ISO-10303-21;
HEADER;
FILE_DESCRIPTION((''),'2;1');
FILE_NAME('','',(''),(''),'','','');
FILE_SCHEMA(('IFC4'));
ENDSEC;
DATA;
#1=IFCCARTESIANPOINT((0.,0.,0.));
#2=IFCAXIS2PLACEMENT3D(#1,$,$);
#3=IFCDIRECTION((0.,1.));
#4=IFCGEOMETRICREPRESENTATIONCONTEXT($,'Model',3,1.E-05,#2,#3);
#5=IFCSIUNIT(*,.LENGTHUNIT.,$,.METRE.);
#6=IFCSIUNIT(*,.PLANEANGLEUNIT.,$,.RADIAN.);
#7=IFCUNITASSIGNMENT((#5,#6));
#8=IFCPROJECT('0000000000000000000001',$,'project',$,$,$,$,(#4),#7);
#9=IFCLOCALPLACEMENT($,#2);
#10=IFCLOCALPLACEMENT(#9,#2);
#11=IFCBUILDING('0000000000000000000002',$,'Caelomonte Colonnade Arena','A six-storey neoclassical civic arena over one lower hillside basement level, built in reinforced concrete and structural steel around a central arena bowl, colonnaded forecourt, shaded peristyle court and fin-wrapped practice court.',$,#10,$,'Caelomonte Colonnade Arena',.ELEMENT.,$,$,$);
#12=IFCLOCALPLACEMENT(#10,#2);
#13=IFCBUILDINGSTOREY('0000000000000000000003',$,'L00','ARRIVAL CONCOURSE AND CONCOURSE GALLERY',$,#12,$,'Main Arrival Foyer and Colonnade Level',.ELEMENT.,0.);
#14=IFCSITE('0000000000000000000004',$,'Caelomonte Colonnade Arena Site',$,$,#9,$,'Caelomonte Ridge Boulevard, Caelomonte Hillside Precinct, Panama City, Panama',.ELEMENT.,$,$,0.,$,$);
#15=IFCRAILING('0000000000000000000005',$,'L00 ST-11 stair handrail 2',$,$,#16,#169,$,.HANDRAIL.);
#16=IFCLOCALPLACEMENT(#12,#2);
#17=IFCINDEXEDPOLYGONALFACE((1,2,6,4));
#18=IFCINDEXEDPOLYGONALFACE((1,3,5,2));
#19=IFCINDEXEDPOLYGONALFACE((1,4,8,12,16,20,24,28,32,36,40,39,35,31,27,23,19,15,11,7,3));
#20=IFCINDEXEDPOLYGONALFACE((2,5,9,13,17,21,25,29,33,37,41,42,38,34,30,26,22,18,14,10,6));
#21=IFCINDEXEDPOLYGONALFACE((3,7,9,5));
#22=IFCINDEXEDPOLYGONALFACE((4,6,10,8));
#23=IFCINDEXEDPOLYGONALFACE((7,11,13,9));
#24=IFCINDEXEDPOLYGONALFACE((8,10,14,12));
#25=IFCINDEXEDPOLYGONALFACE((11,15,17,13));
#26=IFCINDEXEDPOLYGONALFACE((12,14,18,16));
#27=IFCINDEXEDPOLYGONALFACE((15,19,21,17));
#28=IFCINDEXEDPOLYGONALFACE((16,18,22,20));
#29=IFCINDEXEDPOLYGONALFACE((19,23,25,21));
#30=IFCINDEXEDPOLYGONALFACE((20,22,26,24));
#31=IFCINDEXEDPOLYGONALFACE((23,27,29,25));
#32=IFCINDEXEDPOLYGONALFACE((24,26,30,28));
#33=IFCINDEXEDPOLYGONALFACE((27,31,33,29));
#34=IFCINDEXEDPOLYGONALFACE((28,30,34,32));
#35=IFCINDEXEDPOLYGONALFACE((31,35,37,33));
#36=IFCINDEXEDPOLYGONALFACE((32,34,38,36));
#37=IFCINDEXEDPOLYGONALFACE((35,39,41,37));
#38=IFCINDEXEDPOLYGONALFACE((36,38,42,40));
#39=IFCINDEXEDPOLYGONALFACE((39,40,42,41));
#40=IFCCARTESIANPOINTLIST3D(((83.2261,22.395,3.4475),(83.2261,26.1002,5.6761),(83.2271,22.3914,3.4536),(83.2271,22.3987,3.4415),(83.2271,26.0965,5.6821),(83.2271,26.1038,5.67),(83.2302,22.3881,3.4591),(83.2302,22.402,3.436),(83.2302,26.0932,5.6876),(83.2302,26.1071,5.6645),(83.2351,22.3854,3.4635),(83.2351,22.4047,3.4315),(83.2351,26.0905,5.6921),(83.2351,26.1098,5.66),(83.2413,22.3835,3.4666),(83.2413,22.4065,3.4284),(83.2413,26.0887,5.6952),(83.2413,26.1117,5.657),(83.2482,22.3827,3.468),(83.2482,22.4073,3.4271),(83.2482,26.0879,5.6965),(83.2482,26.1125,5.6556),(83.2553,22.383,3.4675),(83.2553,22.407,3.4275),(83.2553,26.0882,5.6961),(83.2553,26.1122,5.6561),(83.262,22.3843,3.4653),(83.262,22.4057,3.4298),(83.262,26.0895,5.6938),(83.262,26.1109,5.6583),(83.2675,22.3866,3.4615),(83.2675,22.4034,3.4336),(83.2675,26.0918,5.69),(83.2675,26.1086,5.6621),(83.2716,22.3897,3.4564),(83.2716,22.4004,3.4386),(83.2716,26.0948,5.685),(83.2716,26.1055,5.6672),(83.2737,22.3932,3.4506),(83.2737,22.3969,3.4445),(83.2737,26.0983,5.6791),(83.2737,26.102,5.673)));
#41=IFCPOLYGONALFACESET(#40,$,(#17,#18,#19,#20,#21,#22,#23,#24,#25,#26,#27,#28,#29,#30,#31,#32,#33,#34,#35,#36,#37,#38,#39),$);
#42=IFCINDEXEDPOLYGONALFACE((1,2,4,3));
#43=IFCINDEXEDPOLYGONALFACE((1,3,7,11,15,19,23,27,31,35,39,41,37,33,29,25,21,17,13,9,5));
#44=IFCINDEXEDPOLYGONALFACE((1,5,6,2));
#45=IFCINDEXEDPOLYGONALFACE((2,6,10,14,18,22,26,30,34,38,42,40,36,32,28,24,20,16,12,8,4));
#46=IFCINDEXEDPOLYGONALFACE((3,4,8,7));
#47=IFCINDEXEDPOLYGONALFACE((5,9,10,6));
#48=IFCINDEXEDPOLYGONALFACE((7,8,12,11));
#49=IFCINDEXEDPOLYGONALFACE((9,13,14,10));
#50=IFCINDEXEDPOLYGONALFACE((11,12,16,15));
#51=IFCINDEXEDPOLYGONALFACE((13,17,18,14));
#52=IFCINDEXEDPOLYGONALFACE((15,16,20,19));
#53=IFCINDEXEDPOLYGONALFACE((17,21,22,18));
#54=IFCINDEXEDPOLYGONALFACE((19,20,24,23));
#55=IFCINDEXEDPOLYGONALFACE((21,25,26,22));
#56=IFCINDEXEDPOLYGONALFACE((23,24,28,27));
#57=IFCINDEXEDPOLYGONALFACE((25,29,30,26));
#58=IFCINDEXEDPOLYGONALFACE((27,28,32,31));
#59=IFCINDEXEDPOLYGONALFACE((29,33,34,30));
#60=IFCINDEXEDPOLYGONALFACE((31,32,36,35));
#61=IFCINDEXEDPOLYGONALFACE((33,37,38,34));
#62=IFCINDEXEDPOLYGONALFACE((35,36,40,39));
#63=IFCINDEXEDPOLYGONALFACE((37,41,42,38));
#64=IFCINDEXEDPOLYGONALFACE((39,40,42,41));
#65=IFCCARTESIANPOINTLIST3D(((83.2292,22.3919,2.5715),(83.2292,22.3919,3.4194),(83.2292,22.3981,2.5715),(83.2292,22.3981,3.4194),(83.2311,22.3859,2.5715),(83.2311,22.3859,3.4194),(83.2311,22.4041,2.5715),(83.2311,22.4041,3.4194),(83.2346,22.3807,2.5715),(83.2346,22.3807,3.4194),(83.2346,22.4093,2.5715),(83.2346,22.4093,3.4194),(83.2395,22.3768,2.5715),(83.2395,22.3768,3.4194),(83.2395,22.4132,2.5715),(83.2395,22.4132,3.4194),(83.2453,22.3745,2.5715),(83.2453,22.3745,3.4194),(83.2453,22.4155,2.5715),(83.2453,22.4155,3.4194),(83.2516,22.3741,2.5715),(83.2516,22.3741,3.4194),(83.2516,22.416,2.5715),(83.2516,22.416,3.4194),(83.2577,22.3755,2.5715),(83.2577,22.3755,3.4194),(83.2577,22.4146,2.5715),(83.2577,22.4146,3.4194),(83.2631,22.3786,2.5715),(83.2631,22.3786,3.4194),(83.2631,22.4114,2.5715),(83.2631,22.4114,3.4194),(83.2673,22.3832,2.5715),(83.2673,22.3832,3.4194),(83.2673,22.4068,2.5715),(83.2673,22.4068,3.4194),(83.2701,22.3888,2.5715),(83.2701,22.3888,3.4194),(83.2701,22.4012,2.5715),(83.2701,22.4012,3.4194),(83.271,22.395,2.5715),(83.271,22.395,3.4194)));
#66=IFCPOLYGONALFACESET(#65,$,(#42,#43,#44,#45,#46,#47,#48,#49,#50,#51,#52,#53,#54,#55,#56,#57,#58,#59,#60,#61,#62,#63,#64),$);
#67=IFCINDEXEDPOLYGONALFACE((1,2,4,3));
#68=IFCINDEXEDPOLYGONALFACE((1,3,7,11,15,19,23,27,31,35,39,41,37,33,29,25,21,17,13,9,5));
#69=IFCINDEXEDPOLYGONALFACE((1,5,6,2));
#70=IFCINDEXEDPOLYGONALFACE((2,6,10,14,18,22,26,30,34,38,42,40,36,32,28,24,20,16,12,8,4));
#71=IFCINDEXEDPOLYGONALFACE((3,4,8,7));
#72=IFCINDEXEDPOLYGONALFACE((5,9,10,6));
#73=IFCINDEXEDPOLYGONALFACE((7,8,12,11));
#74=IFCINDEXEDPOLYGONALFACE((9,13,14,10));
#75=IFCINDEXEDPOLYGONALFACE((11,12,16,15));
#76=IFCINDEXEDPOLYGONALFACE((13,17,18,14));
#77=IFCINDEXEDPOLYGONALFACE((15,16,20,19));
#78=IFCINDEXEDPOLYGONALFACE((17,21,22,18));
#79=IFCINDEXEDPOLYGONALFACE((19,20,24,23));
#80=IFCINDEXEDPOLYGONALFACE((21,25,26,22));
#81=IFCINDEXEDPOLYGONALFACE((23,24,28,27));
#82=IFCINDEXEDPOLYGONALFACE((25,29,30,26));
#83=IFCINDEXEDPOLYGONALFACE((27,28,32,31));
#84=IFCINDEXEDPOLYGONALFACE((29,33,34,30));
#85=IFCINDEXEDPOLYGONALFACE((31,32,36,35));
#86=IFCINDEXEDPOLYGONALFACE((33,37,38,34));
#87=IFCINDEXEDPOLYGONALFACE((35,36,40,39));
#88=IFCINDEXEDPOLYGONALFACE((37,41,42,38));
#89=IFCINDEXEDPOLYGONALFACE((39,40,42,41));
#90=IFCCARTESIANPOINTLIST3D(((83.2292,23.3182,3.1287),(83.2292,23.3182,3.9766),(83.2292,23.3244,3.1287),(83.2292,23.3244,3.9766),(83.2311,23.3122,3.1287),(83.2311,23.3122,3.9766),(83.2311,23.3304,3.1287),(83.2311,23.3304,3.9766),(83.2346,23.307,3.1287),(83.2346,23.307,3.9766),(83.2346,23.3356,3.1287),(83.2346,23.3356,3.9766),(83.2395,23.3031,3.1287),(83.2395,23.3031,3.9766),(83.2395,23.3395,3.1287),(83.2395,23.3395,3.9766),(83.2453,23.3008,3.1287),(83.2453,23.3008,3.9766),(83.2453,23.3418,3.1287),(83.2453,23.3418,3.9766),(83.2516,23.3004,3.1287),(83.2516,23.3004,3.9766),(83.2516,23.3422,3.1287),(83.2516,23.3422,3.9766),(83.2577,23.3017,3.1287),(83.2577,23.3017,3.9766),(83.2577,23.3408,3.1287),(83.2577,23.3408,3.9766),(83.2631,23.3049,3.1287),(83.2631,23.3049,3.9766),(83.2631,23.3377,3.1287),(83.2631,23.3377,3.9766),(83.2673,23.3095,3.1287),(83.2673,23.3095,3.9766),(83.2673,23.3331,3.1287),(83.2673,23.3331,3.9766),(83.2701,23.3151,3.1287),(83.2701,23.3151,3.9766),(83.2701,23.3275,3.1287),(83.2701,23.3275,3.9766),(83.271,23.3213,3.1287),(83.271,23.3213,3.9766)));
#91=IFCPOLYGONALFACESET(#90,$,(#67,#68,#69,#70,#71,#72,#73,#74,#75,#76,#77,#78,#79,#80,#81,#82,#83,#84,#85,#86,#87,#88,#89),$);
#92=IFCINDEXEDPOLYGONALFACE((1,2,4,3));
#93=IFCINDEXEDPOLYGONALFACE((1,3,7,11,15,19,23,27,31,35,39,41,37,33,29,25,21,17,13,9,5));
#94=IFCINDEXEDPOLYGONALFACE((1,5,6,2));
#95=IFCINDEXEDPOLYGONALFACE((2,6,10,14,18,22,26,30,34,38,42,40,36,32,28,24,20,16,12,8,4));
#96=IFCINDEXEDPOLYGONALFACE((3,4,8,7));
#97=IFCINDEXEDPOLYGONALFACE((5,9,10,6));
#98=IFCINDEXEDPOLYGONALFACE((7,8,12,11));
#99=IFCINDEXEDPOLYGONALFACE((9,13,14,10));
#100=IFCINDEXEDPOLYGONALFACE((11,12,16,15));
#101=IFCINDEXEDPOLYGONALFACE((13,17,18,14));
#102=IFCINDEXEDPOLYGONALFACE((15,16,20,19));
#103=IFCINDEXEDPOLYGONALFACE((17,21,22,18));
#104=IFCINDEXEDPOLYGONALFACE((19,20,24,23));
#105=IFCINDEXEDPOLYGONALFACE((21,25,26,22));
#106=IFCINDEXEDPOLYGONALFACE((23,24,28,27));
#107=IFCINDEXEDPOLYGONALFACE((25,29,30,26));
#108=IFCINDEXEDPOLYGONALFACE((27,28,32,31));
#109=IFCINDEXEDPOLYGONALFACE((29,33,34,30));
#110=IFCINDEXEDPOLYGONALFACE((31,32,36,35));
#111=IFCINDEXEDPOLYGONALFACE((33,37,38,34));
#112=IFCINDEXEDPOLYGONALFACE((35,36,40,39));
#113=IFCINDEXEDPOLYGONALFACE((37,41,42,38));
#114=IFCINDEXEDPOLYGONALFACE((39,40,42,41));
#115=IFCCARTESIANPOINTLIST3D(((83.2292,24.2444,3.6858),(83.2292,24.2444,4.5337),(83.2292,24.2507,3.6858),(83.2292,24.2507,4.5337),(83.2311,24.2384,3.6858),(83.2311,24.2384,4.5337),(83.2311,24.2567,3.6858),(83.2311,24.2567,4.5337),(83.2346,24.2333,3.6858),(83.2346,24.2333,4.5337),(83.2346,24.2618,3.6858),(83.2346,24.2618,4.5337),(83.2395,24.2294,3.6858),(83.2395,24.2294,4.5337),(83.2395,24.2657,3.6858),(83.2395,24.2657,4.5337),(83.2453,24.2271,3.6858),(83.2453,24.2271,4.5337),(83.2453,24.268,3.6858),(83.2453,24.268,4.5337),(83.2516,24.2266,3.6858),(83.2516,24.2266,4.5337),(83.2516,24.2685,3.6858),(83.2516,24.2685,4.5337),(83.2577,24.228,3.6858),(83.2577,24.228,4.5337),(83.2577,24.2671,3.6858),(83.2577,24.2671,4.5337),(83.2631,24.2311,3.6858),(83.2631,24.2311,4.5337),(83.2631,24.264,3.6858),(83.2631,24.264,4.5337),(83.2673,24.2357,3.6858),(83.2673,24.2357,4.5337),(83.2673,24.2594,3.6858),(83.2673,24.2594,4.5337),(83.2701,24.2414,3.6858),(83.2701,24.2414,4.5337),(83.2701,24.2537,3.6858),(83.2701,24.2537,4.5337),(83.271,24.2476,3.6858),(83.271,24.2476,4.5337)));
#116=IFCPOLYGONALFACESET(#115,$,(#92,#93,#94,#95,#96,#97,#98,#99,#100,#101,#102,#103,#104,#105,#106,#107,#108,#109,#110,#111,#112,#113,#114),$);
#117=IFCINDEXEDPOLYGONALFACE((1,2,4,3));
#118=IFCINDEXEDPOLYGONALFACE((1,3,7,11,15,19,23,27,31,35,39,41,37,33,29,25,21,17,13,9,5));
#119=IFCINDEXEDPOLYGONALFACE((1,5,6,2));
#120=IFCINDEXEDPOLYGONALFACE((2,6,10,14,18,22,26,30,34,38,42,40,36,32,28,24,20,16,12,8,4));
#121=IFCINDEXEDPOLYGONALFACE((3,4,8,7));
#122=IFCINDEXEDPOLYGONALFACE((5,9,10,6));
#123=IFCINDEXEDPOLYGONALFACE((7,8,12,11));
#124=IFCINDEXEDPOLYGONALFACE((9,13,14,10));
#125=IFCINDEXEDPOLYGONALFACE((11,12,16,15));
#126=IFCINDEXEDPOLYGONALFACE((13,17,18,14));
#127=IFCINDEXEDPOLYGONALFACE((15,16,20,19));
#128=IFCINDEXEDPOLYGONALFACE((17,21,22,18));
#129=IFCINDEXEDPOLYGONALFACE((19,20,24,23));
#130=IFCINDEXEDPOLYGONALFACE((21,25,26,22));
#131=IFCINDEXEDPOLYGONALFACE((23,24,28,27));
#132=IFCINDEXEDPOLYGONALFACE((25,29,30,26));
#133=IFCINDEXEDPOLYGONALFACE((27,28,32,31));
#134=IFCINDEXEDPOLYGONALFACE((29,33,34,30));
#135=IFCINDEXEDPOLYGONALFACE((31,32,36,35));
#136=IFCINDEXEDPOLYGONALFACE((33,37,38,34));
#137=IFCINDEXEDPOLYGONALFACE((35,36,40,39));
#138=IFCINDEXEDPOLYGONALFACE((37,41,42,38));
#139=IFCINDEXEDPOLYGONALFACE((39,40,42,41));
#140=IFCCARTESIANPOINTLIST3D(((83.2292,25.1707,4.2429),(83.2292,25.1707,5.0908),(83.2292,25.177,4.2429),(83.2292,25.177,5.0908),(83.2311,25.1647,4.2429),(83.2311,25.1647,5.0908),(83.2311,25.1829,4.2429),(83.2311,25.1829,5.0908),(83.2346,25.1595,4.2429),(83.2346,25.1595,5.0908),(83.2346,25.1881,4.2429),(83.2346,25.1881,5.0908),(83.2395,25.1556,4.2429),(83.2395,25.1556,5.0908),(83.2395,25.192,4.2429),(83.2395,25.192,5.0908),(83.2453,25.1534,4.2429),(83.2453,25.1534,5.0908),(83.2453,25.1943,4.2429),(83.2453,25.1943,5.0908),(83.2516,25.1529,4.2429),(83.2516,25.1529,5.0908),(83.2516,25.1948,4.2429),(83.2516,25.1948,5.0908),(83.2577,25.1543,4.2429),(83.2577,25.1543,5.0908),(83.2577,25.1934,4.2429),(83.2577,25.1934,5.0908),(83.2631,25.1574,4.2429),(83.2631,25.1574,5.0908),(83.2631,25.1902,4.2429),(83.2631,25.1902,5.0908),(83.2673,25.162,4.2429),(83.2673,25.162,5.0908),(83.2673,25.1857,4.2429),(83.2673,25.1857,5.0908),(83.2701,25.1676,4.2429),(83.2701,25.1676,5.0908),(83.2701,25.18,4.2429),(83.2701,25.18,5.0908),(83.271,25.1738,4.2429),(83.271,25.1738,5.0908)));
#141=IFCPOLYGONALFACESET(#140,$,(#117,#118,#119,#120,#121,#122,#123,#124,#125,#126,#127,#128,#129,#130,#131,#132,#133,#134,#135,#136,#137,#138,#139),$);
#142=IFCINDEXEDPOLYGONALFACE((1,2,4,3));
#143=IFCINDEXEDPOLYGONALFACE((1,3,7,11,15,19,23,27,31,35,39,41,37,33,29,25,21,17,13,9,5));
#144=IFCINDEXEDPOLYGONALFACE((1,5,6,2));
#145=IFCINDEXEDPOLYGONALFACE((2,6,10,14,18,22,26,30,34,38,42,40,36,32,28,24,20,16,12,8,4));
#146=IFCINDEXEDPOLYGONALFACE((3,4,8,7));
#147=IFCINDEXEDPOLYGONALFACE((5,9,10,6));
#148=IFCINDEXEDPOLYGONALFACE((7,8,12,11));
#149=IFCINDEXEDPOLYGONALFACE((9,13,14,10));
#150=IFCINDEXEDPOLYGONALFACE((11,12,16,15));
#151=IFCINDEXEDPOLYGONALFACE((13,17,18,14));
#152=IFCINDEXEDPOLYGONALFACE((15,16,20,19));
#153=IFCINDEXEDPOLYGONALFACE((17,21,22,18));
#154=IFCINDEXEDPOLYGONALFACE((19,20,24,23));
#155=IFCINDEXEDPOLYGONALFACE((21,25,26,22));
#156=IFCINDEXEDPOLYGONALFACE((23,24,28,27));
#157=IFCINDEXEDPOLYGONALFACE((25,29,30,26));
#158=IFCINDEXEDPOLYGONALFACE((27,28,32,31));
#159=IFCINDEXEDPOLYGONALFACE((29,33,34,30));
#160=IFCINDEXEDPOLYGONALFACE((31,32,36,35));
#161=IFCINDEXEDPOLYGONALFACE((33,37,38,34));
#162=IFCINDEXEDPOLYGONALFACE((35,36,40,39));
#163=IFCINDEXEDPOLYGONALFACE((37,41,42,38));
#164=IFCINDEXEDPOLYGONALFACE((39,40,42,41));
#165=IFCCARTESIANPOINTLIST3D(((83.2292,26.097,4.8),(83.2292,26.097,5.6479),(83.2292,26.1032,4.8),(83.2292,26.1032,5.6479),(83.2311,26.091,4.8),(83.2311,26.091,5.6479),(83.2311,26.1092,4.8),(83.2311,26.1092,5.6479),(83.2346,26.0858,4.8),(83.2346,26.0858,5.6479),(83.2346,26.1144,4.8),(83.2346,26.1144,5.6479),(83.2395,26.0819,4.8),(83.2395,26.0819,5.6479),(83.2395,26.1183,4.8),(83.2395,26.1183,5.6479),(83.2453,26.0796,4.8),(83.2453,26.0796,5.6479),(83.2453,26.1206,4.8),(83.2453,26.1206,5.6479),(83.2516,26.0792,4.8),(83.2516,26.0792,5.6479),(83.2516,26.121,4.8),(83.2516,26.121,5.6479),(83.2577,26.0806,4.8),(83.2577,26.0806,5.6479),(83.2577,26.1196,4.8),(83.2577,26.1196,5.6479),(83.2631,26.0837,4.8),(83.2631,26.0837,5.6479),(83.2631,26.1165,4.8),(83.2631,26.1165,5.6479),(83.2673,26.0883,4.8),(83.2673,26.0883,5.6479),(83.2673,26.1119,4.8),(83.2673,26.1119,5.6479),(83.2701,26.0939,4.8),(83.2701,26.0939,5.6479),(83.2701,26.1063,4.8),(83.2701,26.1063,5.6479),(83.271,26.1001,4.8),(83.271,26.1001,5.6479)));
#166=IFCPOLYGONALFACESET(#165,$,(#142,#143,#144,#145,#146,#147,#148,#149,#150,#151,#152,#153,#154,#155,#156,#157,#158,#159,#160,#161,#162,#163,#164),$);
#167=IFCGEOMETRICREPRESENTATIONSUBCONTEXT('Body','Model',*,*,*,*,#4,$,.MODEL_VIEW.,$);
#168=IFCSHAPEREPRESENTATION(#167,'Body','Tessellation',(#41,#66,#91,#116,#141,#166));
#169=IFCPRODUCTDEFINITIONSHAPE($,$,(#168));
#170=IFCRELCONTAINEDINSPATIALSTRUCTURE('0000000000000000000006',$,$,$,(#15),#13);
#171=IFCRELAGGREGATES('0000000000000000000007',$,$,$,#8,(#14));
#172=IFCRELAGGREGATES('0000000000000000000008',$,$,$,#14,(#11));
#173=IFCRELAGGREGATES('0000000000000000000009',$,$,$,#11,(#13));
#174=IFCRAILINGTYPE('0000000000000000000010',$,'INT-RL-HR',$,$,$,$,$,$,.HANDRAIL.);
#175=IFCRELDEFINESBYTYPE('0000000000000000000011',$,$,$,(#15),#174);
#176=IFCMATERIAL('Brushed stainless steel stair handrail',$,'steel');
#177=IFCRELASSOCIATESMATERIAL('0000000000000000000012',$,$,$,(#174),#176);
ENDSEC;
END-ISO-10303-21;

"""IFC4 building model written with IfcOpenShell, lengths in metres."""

from ifc_helpers import new_model, si_unit, direction, frame, origin, origin_2d, place, context, subcontext, project, spatial, circle, extrude, material, type_object, element, save


model = new_model("IFC4")

# Units and contexts
model_context = context("Model", 3, precision=1e-05, world=origin(), true_north=direction((0.0, 1.0)))
body_context = subcontext(model_context, "Body", "Model", "MODEL_VIEW")
ifc_project = project(units=[si_unit("LENGTHUNIT", "METRE"), si_unit("PLANEANGLEUNIT", "RADIAN")], contexts=[model_context])

# Site, building, storey
site_placement = place(None, origin())
site = spatial("IfcSite", under=ifc_project, at=site_placement, Name="Caelomonte Colonnade Arena Site", LongName="Caelomonte Ridge Boulevard, Caelomonte Hillside Precinct, Panama City, Panama", CompositionType="ELEMENT", RefElevation=0.0)
building_placement = place(site_placement, origin())
building = spatial("IfcBuilding", under=site, at=building_placement, Name="Caelomonte Colonnade Arena", Description="A six-storey neoclassical civic arena over one lower hillside basement level, built in reinforced concrete and structural steel around a central arena bowl, colonnaded forecourt, shaded peristyle court and fin-wrapped practice court.", LongName="Caelomonte Colonnade Arena", CompositionType="ELEMENT")
storey_placement = place(building_placement, origin())
storey = spatial("IfcBuildingStorey", under=building, at=storey_placement, Name="L00", Description="ARRIVAL CONCOURSE AND CONCOURSE GALLERY", LongName="Main Arrival Foyer and Colonnade Level", CompositionType="ELEMENT", Elevation=0.0)

# Railing
ifc_material_1 = material(Name="Brushed stainless steel stair handrail", Category="steel")
railing_type_1 = type_object("IfcRailingType", Name="INT-RL-HR", PredefinedType="HANDRAIL", material=ifc_material_1)
railing_1_placement = place(storey_placement, frame((83.25, 22.395, 2.5715)))
element("IfcRailing", 1, at=railing_1_placement, inside=storey, type_object=railing_type_1, Name="L00 ST-11 stair handrail 2", PredefinedType="HANDRAIL", context=body_context, shape_type="SweptSolid", body=[
    extrude(circle(Radius=0.0239, at=origin_2d()), frame((0.0, 0.0, 0.876), z_axis=(0.0, 0.856934, 0.515425), x_axis=(-1.0, 0.0, 0.0)), (0.0, 0.0, 1.0), 4.3237),
    extrude(circle(Radius=0.021, at=origin_2d()), origin(), (0.0, 0.0, 1.0), 0.8479),
    extrude(circle(Radius=0.021, at=origin_2d()), frame((0.0, 0.9263, 0.5571)), (0.0, 0.0, 1.0), 0.8479),
    extrude(circle(Radius=0.021, at=origin_2d()), frame((0.0, 1.8525, 1.1143)), (0.0, 0.0, 1.0), 0.8479),
    extrude(circle(Radius=0.021, at=origin_2d()), frame((0.0, 2.7788, 1.6714)), (0.0, 0.0, 1.0), 0.8479),
    extrude(circle(Radius=0.021, at=origin_2d()), frame((0.0, 3.7051, 2.2285)), (0.0, 0.0, 1.0), 0.8479),
])

save(model, "model.ifc")
